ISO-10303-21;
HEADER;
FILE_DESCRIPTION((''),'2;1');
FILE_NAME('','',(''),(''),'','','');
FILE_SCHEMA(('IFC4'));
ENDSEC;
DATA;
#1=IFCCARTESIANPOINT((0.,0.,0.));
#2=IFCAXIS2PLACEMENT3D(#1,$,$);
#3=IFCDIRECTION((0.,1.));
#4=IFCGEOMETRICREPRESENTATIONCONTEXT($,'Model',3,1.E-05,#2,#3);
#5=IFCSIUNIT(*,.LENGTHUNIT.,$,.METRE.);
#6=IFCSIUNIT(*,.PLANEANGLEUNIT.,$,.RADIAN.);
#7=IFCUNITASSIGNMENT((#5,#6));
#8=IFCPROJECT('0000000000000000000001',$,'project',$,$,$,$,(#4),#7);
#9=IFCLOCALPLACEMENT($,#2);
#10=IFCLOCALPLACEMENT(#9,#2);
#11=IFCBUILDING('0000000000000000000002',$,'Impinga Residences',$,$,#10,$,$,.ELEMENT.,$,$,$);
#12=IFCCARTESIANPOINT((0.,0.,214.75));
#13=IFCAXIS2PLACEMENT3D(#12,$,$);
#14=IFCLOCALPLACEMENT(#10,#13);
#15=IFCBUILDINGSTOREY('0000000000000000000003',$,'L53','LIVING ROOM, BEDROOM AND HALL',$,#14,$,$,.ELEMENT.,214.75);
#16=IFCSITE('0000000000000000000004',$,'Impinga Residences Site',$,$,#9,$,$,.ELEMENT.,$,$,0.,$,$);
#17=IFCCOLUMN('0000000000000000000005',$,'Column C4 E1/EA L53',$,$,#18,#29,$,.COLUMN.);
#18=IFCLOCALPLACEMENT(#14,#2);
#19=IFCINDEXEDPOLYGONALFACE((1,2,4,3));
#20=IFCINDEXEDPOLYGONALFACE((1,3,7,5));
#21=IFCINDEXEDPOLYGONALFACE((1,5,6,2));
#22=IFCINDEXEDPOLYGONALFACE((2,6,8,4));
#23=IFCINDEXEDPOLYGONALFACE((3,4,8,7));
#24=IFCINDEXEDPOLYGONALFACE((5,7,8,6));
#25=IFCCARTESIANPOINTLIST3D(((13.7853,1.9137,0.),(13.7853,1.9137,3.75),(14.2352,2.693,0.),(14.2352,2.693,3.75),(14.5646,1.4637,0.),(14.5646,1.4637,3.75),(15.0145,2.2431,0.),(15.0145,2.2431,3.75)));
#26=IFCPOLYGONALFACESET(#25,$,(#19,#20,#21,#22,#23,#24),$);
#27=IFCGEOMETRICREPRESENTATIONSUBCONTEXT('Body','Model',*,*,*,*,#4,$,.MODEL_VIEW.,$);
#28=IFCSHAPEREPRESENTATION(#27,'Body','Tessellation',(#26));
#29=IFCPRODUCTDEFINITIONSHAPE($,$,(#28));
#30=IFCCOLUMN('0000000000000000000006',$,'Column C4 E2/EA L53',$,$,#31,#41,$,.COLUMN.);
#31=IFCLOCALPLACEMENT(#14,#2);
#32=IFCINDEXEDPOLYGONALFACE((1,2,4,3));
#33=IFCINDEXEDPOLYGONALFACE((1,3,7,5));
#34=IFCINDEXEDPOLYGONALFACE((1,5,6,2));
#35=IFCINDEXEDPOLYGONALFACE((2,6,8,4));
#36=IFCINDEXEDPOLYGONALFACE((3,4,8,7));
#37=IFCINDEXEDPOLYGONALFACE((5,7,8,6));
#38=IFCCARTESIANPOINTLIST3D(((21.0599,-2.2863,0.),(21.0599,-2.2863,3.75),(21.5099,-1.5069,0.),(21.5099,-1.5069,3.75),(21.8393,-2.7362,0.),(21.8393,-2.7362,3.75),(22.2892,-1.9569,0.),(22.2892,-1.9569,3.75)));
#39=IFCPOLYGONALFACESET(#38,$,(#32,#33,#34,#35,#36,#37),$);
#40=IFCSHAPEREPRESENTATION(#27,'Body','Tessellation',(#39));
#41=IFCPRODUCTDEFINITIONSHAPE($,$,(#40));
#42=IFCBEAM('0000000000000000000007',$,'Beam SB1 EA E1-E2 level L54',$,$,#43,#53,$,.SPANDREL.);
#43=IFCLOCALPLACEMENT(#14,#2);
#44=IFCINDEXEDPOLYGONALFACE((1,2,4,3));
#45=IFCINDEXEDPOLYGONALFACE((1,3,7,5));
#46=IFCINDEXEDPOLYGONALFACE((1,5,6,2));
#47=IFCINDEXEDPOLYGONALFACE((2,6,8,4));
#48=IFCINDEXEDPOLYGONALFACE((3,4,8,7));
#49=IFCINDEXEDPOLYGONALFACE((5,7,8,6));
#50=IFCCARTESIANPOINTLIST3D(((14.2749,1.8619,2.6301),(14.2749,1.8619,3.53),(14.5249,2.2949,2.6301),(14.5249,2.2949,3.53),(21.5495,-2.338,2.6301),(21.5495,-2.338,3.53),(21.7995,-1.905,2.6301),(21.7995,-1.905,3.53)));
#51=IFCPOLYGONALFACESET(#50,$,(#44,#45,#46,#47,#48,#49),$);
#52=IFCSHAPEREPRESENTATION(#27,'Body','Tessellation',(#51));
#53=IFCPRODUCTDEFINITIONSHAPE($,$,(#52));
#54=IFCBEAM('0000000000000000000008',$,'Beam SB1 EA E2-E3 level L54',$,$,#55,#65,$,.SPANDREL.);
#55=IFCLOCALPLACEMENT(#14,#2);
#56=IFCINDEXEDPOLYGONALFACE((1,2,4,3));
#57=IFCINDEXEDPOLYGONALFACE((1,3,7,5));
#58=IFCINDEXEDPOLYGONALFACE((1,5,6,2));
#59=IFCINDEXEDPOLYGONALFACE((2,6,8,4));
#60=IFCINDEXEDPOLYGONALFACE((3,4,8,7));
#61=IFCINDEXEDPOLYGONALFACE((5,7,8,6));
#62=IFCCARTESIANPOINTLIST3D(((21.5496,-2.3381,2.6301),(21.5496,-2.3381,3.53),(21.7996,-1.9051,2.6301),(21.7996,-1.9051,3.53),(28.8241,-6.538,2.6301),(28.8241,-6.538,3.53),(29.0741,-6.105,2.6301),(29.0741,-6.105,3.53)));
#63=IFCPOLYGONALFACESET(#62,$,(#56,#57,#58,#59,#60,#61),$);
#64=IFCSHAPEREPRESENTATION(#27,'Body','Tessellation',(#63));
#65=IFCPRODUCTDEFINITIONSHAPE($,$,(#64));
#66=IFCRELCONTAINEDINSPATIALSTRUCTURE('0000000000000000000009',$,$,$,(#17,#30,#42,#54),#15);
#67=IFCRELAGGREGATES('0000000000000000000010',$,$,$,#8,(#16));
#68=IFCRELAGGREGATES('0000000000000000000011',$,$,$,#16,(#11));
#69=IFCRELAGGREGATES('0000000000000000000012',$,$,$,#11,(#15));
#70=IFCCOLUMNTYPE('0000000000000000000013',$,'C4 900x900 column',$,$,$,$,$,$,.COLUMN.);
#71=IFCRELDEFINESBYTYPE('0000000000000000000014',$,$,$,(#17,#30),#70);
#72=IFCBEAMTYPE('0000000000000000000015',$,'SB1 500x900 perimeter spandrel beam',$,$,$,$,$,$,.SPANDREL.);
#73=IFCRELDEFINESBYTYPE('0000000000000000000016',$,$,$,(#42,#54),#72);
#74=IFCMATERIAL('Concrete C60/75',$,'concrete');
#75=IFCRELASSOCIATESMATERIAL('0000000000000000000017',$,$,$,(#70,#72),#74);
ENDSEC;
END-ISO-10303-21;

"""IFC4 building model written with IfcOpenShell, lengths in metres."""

from ifc_helpers import new_model, si_unit, direction, frame, origin, origin_2d, place, context, subcontext, project, spatial, rectangle, extrude, material, material_profile, profile_set, type_object, element, save


model = new_model("IFC4")

# Units and contexts
model_context = context("Model", 3, precision=1e-05, world=origin(), true_north=direction((0.0, 1.0)))
body_context = subcontext(model_context, "Body", "Model", "MODEL_VIEW")
ifc_project = project(units=[si_unit("LENGTHUNIT", "METRE"), si_unit("PLANEANGLEUNIT", "RADIAN")], contexts=[model_context])

# Site, building, storey
site_placement = place(None, origin())
site = spatial("IfcSite", under=ifc_project, at=site_placement, Name="Impinga Residences Site", CompositionType="ELEMENT", RefElevation=0.0)
building_placement = place(site_placement, origin())
building = spatial("IfcBuilding", under=site, at=building_placement, Name="Impinga Residences", CompositionType="ELEMENT")
storey_placement = place(building_placement, frame((0.0, 0.0, 214.75)))
storey = spatial("IfcBuildingStorey", under=building, at=storey_placement, Name="L53", Description="LIVING ROOM, BEDROOM AND HALL", CompositionType="ELEMENT", Elevation=214.75)

# Columns
ifc_material_1 = material(Name="Concrete C60/75", Category="concrete")
ifc_material_profile_1 = material_profile(ifc_material_1, rectangle(XDim=0.8999, YDim=0.8999, at=origin_2d()), Name="RC 900x900")
ifc_profile_set_1 = profile_set([ifc_material_profile_1], Name="Concrete C60/75")
column_type = type_object("IfcColumnType", Name="C4 900x900 column", PredefinedType="COLUMN", material=ifc_profile_set_1)
for number, where, z_axis, x_axis, name in (
    (1, (14.3999, 2.0784, 0.0), (0.0, 0.0, 1.0), (-0.5, -0.866025, 0.0), "Column C4 E1/EA L53"),
    (2, (21.6746, -2.1216, 0.0), (0.0, 0.0, 1.0), (-0.5, -0.866025, 0.0), "Column C4 E2/EA L53"),
):
    element("IfcColumn", number, at=place(storey_placement, frame(where, z_axis=z_axis, x_axis=x_axis)), inside=storey, type_object=column_type, Name=name, PredefinedType="COLUMN", context=body_context, shape_type="SweptSolid", body=[
        extrude(rectangle(XDim=0.8999, YDim=0.8999, at=origin_2d()), origin(), (0.0, 0.0, 1.0), 3.75),
    ])

# Beams
ifc_material_profile_2 = material_profile(ifc_material_1, rectangle(XDim=0.5, YDim=0.8999, at=origin_2d()), Name="RC 500x900")
ifc_profile_set_2 = profile_set([ifc_material_profile_2], Name="Concrete C60/75")
beam_type = type_object("IfcBeamType", Name="SB1 500x900 perimeter spandrel beam", PredefinedType="SPANDREL", material=ifc_profile_set_2)
for number, where, z_axis, x_axis, name in (
    (3, (14.3999, 2.0784, 3.0801), (0.866029, -0.499993, 0.0), (0.499993, 0.866029, 0.0), "Beam SB1 EA E1-E2 level L54"),
    (4, (21.6746, -2.1216, 3.0801), (0.866029, -0.499993, 0.0), (0.499993, 0.866029, 0.0), "Beam SB1 EA E2-E3 level L54"),
):
    element("IfcBeam", number, at=place(storey_placement, frame(where, z_axis=z_axis, x_axis=x_axis)), inside=storey, type_object=beam_type, Name=name, PredefinedType="SPANDREL", context=body_context, shape_type="SweptSolid", body=[
        extrude(rectangle(XDim=0.5, YDim=0.8999, at=origin_2d()), origin(), (0.0, 0.0, 1.0), 8.3999),
    ])

save(model, "model.ifc")
